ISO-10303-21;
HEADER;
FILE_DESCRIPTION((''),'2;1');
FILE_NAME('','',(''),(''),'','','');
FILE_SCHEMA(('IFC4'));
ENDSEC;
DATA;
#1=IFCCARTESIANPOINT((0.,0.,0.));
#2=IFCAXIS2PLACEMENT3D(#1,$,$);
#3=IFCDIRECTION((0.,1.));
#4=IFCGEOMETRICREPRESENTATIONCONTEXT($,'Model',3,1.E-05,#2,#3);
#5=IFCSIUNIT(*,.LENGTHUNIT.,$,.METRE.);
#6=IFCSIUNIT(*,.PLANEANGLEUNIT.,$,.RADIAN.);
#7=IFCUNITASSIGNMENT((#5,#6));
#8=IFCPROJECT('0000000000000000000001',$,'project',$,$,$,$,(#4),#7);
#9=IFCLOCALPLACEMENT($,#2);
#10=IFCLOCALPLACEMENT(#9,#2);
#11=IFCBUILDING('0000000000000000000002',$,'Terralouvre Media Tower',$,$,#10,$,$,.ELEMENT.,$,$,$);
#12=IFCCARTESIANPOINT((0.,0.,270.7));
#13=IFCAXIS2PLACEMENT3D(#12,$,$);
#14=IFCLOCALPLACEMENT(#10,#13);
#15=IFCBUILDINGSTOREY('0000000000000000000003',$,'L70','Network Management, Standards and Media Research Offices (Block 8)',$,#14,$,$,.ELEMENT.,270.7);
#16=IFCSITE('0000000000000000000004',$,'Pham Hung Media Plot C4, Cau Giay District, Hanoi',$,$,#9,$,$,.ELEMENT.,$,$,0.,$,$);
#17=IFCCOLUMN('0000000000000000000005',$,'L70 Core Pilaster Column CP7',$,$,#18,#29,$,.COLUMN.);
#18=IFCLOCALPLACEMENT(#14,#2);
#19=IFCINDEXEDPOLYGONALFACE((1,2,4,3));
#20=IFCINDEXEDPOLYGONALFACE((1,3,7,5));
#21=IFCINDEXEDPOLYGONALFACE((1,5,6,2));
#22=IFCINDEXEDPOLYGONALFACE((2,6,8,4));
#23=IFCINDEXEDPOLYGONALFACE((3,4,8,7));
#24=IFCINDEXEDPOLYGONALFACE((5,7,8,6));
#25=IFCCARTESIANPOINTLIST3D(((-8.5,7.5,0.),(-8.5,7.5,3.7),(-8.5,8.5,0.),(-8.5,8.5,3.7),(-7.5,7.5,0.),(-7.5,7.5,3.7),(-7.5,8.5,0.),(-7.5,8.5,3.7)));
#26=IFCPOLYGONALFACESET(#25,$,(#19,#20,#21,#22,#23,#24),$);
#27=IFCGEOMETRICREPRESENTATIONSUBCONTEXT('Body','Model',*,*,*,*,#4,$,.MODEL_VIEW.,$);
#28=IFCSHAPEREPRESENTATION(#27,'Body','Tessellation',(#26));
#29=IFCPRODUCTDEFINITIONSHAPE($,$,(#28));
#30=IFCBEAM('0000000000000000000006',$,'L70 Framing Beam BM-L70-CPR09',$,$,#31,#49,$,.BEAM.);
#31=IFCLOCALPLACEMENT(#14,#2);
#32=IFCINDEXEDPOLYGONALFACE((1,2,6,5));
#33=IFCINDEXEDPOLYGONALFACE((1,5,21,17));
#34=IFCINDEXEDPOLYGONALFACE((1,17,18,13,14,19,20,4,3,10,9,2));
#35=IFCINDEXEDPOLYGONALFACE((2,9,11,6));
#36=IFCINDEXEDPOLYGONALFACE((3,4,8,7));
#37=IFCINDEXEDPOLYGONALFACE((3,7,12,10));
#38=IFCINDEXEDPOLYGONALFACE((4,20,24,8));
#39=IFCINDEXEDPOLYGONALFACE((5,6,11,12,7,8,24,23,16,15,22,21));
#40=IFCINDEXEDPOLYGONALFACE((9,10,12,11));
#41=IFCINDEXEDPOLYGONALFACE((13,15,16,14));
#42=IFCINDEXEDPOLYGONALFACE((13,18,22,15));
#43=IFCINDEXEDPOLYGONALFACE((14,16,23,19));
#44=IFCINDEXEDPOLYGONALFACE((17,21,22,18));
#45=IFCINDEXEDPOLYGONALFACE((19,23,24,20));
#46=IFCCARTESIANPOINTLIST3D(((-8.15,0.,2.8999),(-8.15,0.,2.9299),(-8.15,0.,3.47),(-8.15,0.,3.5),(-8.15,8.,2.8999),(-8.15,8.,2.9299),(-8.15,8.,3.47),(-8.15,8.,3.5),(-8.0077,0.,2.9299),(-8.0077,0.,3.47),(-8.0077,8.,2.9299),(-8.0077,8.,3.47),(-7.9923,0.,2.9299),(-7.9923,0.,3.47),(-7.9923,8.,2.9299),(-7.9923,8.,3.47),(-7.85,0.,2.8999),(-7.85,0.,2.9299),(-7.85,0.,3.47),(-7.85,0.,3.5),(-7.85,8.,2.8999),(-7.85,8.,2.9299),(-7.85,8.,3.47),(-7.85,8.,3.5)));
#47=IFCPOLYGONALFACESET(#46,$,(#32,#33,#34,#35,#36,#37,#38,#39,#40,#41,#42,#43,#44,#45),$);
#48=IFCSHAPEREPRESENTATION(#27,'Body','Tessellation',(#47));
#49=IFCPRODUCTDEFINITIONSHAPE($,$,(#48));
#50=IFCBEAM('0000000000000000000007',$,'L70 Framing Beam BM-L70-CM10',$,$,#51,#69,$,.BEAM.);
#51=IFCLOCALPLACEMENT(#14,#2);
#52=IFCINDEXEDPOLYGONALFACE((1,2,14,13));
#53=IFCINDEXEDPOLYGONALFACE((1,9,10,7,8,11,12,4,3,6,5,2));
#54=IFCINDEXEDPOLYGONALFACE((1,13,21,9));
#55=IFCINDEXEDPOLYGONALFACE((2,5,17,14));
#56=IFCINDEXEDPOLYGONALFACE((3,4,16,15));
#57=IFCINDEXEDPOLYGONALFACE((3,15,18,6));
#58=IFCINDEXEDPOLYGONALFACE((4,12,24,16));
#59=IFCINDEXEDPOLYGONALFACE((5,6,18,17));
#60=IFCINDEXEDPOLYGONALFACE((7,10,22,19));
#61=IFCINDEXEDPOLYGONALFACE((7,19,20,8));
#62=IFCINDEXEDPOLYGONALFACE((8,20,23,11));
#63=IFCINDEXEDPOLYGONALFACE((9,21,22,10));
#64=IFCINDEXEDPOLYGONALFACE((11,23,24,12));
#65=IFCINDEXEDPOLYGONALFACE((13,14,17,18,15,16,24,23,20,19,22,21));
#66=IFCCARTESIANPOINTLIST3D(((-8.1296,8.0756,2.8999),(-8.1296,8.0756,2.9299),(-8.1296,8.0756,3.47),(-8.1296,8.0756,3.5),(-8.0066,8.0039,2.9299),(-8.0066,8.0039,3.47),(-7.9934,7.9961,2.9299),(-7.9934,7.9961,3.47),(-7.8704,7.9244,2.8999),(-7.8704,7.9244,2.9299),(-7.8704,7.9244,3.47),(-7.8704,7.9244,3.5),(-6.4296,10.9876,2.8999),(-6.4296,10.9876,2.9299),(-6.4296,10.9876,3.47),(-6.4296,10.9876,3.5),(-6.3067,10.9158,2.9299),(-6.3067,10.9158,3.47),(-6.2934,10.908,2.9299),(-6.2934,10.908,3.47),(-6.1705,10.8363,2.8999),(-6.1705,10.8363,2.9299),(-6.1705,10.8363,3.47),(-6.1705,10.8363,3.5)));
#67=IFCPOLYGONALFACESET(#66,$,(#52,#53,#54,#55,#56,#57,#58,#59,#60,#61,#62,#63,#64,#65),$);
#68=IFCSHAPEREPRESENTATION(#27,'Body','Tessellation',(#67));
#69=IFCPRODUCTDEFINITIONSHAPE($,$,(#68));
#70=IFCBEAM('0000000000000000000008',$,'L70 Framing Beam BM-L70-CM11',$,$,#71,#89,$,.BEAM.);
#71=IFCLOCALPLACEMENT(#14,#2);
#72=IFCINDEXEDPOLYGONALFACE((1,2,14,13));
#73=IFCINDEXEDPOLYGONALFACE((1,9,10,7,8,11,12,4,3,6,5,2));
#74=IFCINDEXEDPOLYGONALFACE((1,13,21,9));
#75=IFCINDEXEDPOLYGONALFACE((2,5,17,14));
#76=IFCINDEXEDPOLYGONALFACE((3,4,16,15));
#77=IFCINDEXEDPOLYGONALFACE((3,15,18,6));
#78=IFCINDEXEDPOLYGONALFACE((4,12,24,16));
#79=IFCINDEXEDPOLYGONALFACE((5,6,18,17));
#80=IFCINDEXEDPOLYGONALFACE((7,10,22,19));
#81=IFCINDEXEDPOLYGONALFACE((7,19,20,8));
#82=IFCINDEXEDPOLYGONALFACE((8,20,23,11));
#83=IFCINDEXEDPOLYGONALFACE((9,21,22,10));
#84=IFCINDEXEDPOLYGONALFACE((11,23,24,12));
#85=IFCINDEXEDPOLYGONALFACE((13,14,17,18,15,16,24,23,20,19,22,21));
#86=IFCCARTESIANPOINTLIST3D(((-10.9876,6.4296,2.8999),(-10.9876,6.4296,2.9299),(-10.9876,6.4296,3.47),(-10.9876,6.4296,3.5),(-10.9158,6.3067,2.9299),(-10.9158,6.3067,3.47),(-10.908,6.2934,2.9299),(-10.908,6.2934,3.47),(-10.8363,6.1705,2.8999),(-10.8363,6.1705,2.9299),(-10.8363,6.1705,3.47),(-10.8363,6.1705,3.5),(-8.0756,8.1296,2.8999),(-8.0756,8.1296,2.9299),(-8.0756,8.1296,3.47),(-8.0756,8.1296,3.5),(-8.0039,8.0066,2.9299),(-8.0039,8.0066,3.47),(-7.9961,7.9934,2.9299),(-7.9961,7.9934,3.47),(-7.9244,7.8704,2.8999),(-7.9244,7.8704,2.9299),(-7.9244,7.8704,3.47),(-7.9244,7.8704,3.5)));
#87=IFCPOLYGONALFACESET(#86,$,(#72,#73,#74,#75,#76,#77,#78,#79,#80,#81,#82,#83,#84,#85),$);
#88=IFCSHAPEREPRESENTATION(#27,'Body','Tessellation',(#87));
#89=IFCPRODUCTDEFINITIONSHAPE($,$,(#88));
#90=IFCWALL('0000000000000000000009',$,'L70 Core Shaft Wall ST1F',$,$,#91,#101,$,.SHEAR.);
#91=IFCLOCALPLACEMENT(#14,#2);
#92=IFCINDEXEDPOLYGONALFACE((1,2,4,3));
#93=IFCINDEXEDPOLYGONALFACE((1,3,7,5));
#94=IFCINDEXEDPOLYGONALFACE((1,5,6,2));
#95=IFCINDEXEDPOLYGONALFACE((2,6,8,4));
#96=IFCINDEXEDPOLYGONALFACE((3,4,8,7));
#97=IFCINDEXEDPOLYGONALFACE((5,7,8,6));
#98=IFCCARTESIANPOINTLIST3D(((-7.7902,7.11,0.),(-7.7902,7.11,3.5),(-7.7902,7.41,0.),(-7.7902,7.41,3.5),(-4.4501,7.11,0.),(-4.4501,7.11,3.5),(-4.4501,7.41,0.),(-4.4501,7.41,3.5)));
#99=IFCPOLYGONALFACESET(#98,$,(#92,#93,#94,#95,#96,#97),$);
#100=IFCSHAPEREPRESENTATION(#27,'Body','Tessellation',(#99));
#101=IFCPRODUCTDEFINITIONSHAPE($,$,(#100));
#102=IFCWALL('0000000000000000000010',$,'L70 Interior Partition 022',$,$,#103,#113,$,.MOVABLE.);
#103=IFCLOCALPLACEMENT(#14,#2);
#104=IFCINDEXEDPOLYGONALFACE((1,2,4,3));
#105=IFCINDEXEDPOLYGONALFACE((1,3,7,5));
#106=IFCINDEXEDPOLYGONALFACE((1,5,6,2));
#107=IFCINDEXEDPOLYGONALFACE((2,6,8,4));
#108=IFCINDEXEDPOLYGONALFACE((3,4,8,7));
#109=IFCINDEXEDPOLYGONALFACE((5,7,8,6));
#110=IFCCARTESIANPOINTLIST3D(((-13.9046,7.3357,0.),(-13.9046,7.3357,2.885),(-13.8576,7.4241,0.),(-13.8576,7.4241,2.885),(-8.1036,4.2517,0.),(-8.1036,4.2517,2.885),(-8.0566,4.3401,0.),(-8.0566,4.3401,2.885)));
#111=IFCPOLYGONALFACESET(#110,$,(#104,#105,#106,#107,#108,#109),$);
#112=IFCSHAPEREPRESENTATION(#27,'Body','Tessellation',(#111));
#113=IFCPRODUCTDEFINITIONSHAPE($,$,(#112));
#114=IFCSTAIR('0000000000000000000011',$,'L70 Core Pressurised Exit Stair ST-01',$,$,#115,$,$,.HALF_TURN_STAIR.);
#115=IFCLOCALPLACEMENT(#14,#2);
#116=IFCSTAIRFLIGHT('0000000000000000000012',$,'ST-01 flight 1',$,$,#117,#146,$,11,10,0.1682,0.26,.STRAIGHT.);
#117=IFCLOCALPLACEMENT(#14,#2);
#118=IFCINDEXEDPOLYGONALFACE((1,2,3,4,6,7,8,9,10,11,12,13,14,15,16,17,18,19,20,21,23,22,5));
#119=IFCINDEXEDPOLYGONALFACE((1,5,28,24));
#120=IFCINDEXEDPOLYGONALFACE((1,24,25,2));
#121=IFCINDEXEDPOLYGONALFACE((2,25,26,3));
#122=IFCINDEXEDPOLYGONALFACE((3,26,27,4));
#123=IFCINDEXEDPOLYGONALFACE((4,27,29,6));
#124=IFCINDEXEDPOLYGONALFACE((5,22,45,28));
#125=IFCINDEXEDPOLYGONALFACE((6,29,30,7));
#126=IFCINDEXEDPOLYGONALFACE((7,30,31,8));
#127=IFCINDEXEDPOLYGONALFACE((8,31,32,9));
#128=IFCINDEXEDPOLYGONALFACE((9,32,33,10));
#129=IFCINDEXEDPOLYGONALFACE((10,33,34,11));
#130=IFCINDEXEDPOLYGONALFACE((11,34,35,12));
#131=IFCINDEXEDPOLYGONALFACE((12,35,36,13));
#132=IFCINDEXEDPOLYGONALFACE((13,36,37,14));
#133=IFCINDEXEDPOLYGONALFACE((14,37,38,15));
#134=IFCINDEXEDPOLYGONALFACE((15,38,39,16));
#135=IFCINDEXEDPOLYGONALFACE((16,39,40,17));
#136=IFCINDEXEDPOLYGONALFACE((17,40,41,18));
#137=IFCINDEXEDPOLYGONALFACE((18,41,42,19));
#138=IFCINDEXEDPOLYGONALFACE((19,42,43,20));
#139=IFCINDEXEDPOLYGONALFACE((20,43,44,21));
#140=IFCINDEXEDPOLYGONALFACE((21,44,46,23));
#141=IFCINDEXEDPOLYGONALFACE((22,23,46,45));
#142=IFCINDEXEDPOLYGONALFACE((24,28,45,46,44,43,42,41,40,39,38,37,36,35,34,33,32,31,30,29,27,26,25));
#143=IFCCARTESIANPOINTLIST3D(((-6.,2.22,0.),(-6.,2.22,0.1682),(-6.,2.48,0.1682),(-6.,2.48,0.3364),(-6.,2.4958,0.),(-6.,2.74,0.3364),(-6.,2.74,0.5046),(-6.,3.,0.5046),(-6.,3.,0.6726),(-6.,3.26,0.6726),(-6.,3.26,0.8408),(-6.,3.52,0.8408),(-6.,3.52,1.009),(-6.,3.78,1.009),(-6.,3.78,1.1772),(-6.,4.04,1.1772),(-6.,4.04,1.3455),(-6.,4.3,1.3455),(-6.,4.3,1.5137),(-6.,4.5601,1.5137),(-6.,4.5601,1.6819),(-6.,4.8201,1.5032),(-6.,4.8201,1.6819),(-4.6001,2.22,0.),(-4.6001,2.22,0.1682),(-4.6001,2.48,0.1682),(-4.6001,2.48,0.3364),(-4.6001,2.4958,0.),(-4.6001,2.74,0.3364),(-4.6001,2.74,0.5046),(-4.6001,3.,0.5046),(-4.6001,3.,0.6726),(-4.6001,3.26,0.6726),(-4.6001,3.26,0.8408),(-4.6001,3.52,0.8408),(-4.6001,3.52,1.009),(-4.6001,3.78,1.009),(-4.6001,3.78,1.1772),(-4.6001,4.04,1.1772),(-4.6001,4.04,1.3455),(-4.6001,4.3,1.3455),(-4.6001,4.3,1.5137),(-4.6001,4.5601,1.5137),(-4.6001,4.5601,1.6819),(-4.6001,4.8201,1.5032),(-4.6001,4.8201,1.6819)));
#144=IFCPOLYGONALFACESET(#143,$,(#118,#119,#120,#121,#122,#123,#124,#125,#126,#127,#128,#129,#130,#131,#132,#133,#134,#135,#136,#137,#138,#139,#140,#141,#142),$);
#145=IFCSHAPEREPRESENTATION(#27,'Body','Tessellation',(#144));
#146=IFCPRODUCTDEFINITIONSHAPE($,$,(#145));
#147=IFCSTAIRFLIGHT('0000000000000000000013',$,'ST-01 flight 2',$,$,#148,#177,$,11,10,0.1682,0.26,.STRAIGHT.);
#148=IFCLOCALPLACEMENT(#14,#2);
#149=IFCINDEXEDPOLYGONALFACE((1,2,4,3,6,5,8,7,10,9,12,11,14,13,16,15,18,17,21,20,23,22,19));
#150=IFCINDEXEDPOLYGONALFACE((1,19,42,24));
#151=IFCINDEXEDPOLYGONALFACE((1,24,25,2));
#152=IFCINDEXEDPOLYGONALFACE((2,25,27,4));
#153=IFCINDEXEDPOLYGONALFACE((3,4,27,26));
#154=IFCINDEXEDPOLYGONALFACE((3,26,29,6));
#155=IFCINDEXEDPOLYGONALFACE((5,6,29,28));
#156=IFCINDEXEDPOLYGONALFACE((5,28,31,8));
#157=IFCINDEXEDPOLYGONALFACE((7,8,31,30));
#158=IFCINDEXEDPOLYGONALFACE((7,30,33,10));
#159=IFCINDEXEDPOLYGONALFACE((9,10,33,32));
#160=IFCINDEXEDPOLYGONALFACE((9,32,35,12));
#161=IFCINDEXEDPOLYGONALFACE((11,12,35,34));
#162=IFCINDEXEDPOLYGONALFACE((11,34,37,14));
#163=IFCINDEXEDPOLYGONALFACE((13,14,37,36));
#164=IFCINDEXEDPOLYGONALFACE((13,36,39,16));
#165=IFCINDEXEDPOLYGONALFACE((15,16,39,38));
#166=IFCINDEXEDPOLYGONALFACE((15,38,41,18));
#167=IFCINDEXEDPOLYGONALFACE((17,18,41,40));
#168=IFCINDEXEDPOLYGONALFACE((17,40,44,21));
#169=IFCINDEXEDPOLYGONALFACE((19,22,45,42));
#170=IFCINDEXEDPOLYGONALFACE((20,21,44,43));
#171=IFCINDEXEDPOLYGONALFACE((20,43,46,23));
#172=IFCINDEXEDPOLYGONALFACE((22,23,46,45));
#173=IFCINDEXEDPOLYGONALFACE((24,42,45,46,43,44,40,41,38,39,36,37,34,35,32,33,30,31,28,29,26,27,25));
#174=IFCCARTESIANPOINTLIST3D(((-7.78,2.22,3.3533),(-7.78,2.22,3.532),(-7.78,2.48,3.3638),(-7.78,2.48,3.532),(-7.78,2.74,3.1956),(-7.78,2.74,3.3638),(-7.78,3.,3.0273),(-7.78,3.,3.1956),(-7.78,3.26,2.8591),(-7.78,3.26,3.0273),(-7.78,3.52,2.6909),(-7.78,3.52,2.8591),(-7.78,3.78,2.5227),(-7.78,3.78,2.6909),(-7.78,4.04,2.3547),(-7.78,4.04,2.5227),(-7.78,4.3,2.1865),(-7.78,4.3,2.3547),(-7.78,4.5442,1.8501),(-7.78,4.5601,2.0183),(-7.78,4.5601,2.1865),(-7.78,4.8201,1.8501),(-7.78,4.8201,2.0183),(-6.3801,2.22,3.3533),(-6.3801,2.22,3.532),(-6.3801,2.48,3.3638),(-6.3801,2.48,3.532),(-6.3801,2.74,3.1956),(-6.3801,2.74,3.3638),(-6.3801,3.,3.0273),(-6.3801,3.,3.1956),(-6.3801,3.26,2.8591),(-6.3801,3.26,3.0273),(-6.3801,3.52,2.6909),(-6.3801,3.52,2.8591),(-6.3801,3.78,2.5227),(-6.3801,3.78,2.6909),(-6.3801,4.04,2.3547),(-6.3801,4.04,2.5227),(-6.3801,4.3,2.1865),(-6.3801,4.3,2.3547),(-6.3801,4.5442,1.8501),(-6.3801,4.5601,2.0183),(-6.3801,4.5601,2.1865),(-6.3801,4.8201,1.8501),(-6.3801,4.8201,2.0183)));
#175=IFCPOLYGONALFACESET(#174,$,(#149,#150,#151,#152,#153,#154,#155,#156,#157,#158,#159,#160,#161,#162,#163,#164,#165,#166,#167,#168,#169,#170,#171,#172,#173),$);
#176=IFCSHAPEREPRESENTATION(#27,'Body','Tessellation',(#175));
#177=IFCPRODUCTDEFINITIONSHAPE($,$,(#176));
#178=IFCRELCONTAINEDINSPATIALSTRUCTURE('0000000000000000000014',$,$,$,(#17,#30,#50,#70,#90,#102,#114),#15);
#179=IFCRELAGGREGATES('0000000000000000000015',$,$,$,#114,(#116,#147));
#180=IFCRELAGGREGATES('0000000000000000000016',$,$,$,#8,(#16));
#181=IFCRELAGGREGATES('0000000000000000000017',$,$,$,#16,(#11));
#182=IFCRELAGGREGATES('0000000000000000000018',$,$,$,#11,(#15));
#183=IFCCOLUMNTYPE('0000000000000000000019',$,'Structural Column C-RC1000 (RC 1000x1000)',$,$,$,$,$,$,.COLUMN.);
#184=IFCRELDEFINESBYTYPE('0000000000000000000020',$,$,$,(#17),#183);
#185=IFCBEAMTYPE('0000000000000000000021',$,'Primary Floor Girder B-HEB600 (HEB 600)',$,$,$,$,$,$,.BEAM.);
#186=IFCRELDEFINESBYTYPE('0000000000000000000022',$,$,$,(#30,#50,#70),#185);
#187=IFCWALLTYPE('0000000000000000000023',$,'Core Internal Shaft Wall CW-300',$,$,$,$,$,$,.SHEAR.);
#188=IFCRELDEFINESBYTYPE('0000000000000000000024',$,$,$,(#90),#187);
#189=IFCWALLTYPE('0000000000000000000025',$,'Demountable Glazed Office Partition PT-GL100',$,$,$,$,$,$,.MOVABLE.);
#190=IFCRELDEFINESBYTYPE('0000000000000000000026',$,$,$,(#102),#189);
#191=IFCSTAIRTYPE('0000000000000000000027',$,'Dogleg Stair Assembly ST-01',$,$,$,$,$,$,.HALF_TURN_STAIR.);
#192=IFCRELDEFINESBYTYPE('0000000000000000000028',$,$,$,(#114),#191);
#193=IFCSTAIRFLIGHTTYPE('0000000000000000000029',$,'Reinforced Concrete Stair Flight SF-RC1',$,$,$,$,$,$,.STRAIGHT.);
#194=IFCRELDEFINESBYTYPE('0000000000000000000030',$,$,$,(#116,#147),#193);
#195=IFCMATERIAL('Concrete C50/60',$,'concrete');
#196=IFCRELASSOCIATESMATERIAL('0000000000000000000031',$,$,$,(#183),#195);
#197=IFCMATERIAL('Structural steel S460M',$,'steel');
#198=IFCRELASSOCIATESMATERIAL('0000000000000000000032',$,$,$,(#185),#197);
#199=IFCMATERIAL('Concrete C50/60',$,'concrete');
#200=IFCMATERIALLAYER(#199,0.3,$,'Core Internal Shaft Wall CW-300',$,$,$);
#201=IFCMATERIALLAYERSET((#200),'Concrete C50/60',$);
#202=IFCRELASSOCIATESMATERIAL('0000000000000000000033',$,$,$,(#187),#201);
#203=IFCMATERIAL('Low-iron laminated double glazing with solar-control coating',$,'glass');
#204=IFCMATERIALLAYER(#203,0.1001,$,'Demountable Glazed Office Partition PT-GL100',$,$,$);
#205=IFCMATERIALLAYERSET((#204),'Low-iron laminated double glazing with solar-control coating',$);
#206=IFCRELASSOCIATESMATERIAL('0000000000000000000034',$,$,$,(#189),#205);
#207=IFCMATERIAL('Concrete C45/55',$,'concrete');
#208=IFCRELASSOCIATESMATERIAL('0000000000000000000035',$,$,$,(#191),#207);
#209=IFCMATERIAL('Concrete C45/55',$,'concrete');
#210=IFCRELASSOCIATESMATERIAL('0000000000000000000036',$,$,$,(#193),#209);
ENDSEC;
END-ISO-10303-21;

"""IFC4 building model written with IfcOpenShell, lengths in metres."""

from ifc_helpers import new_model, si_unit, direction, frame, frame_2d, origin, origin_2d, place, context, subcontext, project, spatial, polyline, rectangle, i_section, outline, extrude, material, layer, layer_set, material_profile, profile_set, type_object, element, aggregate, save


model = new_model("IFC4")

# Units and contexts
model_context = context("Model", 3, precision=1e-05, world=origin(), true_north=direction((0.0, 1.0)))
body_context = subcontext(model_context, "Body", "Model", "MODEL_VIEW")
ifc_project = project(units=[si_unit("LENGTHUNIT", "METRE"), si_unit("PLANEANGLEUNIT", "RADIAN")], contexts=[model_context])

# Site, building, storey
site_placement = place(None, origin())
site = spatial("IfcSite", under=ifc_project, at=site_placement, Name="Pham Hung Media Plot C4, Cau Giay District, Hanoi", CompositionType="ELEMENT", RefElevation=0.0)
building_placement = place(site_placement, origin())
building = spatial("IfcBuilding", under=site, at=building_placement, Name="Terralouvre Media Tower", CompositionType="ELEMENT")
storey_placement = place(building_placement, frame((0.0, 0.0, 270.7)))
storey = spatial("IfcBuildingStorey", under=building, at=storey_placement, Name="L70", Description="Network Management, Standards and Media Research Offices (Block 8)", CompositionType="ELEMENT", Elevation=270.7)

# Column
ifc_material_1 = material(Name="Concrete C50/60", Category="concrete")
ifc_material_profile_1 = material_profile(ifc_material_1, rectangle(XDim=1.0, YDim=1.0, at=origin_2d()), Name="RC 1000x1000")
ifc_profile_set_1 = profile_set([ifc_material_profile_1], Name="Concrete C50/60")
column_type = type_object("IfcColumnType", Name="Structural Column C-RC1000 (RC 1000x1000)", PredefinedType="COLUMN", material=ifc_profile_set_1)
column_placement = place(storey_placement, frame((-8.0, 8.0, 0.0), z_axis=(0.0, 0.0, 1.0), x_axis=(1.0, 0.0, 0.0)))
element("IfcColumn", 1, at=column_placement, inside=storey, type_object=column_type, Name="L70 Core Pilaster Column CP7", PredefinedType="COLUMN", context=body_context, shape_type="SweptSolid", body=[
    extrude(rectangle(XDim=1.0, YDim=1.0, at=origin_2d()), origin(), (0.0, 0.0, 1.0), 3.7),
])

# Beams
ifc_material_2 = material(Name="Structural steel S460M", Category="steel")
ifc_material_profile_2 = material_profile(ifc_material_2, i_section(OverallWidth=0.3, OverallDepth=0.6001, WebThickness=0.0154, FlangeThickness=0.03, at=origin_2d()), Name="HEB 600")
ifc_profile_set_2 = profile_set([ifc_material_profile_2], Name="Structural steel S460M")
beam_type = type_object("IfcBeamType", Name="Primary Floor Girder B-HEB600 (HEB 600)", PredefinedType="BEAM", material=ifc_profile_set_2)
beam_placement = place(storey_placement, frame((-8.0, 8.0, 3.2), z_axis=(0.0, -1.0, 0.0), x_axis=(1.0, 0.0, 0.0)))
element("IfcBeam", 2, at=beam_placement, inside=storey, type_object=beam_type, Name="L70 Framing Beam BM-L70-CPR09", PredefinedType="BEAM", context=body_context, shape_type="SweptSolid", body=[
    extrude(i_section(OverallWidth=0.3, OverallDepth=0.6001, WebThickness=0.0154, FlangeThickness=0.03, at=origin_2d()), origin(), (0.0, 0.0, 1.0), 8.0),
])
for number, where, z_axis, x_axis, name in (
    (3, (-8.0, 8.0, 3.2), (0.504173, 0.863603, 0.0), (-0.863603, 0.504173, 0.0), "L70 Framing Beam BM-L70-CM10"),
    (4, (-8.0, 8.0, 3.2), (-0.863603, -0.504173, 0.0), (0.504173, -0.863603, 0.0), "L70 Framing Beam BM-L70-CM11"),
):
    element("IfcBeam", number, at=place(storey_placement, frame(where, z_axis=z_axis, x_axis=x_axis)), inside=storey, type_object=beam_type, Name=name, PredefinedType="BEAM", context=body_context, shape_type="SweptSolid", body=[
        extrude(i_section(OverallWidth=0.3, OverallDepth=0.6001, WebThickness=0.0154, FlangeThickness=0.03, at=origin_2d()), origin(), (0.0, 0.0, 1.0), 3.3718),
    ])

# Shared definitions
ifc_material_3 = material(Name="Concrete C50/60", Category="concrete")
ifc_layer_1 = layer(ifc_material_3, 0.3, Name="Core Internal Shaft Wall CW-300")
ifc_layer_set_1 = layer_set([ifc_layer_1], Name="Concrete C50/60")
wall_type_1 = type_object("IfcWallType", Name="Core Internal Shaft Wall CW-300", PredefinedType="SHEAR", material=ifc_layer_set_1)

# Wall
wall_1_placement = place(storey_placement, frame((-7.79, 7.26, 0.0), z_axis=(0.0, 0.0, 1.0), x_axis=(1.0, 0.0, 0.0)))
element("IfcWall", 5, at=wall_1_placement, inside=storey, type_object=wall_type_1, Name="L70 Core Shaft Wall ST1F", PredefinedType="SHEAR", context=body_context, shape_type="SweptSolid", body=[
    extrude(rectangle(XDim=3.3401, YDim=0.3, at=frame_2d((1.6699, 0.0))), origin(), (0.0, 0.0, 1.0), 3.5),
])

# Wall
ifc_material_4 = material(Name="Low-iron laminated double glazing with solar-control coating", Category="glass")
ifc_layer_2 = layer(ifc_material_4, 0.1001, Name="Demountable Glazed Office Partition PT-GL100")
ifc_layer_set_2 = layer_set([ifc_layer_2], Name="Low-iron laminated double glazing with solar-control coating")
wall_type_2 = type_object("IfcWallType", Name="Demountable Glazed Office Partition PT-GL100", PredefinedType="MOVABLE", material=ifc_layer_set_2)
wall_2_placement = place(storey_placement, frame((-8.0801, 4.2959, 0.0), z_axis=(0.0, 0.0, 1.0), x_axis=(-0.882978, 0.469415, 0.0)))
element("IfcWall", 6, at=wall_2_placement, inside=storey, type_object=wall_type_2, Name="L70 Interior Partition 022", PredefinedType="MOVABLE", context=body_context, shape_type="SweptSolid", body=[
    extrude(rectangle(XDim=6.5698, YDim=0.1001, at=frame_2d((3.2849, 0.0))), origin(), (0.0, 0.0, 1.0), 2.885),
])

# Stair, stair flights
ifc_material_5 = material(Name="Concrete C45/55", Category="concrete")
stair_type = type_object("IfcStairType", Name="Dogleg Stair Assembly ST-01", PredefinedType="HALF_TURN_STAIR", material=ifc_material_5)
stair_placement = place(storey_placement, origin())
stair = element("IfcStair", 7, at=stair_placement, inside=storey, type_object=stair_type, Name="L70 Core Pressurised Exit Stair ST-01", PredefinedType="HALF_TURN_STAIR")
ifc_material_6 = material(Name="Concrete C45/55", Category="concrete")
stair_flight_type = type_object("IfcStairFlightType", Name="Reinforced Concrete Stair Flight SF-RC1", PredefinedType="STRAIGHT", material=ifc_material_6)
stair_flight_1_placement = place(storey_placement, frame((-5.3, 2.22, 0.0), z_axis=(0.0, 0.0, 1.0), x_axis=(0.0, 1.0, 0.0)))
stair_flight_1 = element("IfcStairFlight", 8, at=stair_flight_1_placement, type_object=stair_flight_type, Name="ST-01 flight 1", NumberOfRisers=11, NumberOfTreads=10, PredefinedType="STRAIGHT", RiserHeight=0.1682, TreadLength=0.26, context=body_context, shape_type="SweptSolid", body=[
    extrude(outline(polyline([(0.0, 0.0), (0.0, 0.1682), (0.26, 0.1682), (0.26, 0.3364), (0.52, 0.3364), (0.52, 0.5046), (0.78, 0.5046), (0.78, 0.6726), (1.04, 0.6726), (1.04, 0.8408), (1.3, 0.8408), (1.3, 1.009), (1.5601, 1.009), (1.5601, 1.1772), (1.8201, 1.1772), (1.8201, 1.3455), (2.0801, 1.3455), (2.0801, 1.5137), (2.3401, 1.5137), (2.3401, 1.6819), (2.6001, 1.6819), (2.6001, 1.8501), (2.6001, 1.5032), (0.2759, 0.0), (0.0, 0.0)])), frame((0.0, 0.7, 0.0), z_axis=(0.0, -1.0, 0.0), x_axis=(1.0, 0.0, 0.0)), (0.0, 0.0, 1.0), 1.3999),
])
stair_flight_2_placement = place(storey_placement, frame((-7.0801, 4.8201, 1.8501), z_axis=(0.0, 0.0, 1.0), x_axis=(0.0, -1.0, 0.0)))
stair_flight_2 = element("IfcStairFlight", 9, at=stair_flight_2_placement, type_object=stair_flight_type, Name="ST-01 flight 2", NumberOfRisers=11, NumberOfTreads=10, PredefinedType="STRAIGHT", RiserHeight=0.1682, TreadLength=0.26, context=body_context, shape_type="SweptSolid", body=[
    extrude(outline(polyline([(0.0, 0.0), (0.0, 0.1682), (0.26, 0.1682), (0.26, 0.3364), (0.52, 0.3364), (0.52, 0.5046), (0.78, 0.5046), (0.78, 0.6726), (1.04, 0.6726), (1.04, 0.8408), (1.3, 0.8408), (1.3, 1.009), (1.5601, 1.009), (1.5601, 1.1772), (1.8201, 1.1772), (1.8201, 1.3455), (2.0801, 1.3455), (2.0801, 1.5137), (2.3401, 1.5137), (2.3401, 1.6819), (2.6001, 1.6819), (2.6001, 1.8501), (2.6001, 1.5032), (0.2759, 0.0), (0.0, 0.0)])), frame((0.0, 0.7, 0.0), z_axis=(0.0, -1.0, 0.0), x_axis=(1.0, 0.0, 0.0)), (0.0, 0.0, 1.0), 1.3999),
])
aggregate(stair, [stair_flight_1, stair_flight_2])

save(model, "model.ifc")
